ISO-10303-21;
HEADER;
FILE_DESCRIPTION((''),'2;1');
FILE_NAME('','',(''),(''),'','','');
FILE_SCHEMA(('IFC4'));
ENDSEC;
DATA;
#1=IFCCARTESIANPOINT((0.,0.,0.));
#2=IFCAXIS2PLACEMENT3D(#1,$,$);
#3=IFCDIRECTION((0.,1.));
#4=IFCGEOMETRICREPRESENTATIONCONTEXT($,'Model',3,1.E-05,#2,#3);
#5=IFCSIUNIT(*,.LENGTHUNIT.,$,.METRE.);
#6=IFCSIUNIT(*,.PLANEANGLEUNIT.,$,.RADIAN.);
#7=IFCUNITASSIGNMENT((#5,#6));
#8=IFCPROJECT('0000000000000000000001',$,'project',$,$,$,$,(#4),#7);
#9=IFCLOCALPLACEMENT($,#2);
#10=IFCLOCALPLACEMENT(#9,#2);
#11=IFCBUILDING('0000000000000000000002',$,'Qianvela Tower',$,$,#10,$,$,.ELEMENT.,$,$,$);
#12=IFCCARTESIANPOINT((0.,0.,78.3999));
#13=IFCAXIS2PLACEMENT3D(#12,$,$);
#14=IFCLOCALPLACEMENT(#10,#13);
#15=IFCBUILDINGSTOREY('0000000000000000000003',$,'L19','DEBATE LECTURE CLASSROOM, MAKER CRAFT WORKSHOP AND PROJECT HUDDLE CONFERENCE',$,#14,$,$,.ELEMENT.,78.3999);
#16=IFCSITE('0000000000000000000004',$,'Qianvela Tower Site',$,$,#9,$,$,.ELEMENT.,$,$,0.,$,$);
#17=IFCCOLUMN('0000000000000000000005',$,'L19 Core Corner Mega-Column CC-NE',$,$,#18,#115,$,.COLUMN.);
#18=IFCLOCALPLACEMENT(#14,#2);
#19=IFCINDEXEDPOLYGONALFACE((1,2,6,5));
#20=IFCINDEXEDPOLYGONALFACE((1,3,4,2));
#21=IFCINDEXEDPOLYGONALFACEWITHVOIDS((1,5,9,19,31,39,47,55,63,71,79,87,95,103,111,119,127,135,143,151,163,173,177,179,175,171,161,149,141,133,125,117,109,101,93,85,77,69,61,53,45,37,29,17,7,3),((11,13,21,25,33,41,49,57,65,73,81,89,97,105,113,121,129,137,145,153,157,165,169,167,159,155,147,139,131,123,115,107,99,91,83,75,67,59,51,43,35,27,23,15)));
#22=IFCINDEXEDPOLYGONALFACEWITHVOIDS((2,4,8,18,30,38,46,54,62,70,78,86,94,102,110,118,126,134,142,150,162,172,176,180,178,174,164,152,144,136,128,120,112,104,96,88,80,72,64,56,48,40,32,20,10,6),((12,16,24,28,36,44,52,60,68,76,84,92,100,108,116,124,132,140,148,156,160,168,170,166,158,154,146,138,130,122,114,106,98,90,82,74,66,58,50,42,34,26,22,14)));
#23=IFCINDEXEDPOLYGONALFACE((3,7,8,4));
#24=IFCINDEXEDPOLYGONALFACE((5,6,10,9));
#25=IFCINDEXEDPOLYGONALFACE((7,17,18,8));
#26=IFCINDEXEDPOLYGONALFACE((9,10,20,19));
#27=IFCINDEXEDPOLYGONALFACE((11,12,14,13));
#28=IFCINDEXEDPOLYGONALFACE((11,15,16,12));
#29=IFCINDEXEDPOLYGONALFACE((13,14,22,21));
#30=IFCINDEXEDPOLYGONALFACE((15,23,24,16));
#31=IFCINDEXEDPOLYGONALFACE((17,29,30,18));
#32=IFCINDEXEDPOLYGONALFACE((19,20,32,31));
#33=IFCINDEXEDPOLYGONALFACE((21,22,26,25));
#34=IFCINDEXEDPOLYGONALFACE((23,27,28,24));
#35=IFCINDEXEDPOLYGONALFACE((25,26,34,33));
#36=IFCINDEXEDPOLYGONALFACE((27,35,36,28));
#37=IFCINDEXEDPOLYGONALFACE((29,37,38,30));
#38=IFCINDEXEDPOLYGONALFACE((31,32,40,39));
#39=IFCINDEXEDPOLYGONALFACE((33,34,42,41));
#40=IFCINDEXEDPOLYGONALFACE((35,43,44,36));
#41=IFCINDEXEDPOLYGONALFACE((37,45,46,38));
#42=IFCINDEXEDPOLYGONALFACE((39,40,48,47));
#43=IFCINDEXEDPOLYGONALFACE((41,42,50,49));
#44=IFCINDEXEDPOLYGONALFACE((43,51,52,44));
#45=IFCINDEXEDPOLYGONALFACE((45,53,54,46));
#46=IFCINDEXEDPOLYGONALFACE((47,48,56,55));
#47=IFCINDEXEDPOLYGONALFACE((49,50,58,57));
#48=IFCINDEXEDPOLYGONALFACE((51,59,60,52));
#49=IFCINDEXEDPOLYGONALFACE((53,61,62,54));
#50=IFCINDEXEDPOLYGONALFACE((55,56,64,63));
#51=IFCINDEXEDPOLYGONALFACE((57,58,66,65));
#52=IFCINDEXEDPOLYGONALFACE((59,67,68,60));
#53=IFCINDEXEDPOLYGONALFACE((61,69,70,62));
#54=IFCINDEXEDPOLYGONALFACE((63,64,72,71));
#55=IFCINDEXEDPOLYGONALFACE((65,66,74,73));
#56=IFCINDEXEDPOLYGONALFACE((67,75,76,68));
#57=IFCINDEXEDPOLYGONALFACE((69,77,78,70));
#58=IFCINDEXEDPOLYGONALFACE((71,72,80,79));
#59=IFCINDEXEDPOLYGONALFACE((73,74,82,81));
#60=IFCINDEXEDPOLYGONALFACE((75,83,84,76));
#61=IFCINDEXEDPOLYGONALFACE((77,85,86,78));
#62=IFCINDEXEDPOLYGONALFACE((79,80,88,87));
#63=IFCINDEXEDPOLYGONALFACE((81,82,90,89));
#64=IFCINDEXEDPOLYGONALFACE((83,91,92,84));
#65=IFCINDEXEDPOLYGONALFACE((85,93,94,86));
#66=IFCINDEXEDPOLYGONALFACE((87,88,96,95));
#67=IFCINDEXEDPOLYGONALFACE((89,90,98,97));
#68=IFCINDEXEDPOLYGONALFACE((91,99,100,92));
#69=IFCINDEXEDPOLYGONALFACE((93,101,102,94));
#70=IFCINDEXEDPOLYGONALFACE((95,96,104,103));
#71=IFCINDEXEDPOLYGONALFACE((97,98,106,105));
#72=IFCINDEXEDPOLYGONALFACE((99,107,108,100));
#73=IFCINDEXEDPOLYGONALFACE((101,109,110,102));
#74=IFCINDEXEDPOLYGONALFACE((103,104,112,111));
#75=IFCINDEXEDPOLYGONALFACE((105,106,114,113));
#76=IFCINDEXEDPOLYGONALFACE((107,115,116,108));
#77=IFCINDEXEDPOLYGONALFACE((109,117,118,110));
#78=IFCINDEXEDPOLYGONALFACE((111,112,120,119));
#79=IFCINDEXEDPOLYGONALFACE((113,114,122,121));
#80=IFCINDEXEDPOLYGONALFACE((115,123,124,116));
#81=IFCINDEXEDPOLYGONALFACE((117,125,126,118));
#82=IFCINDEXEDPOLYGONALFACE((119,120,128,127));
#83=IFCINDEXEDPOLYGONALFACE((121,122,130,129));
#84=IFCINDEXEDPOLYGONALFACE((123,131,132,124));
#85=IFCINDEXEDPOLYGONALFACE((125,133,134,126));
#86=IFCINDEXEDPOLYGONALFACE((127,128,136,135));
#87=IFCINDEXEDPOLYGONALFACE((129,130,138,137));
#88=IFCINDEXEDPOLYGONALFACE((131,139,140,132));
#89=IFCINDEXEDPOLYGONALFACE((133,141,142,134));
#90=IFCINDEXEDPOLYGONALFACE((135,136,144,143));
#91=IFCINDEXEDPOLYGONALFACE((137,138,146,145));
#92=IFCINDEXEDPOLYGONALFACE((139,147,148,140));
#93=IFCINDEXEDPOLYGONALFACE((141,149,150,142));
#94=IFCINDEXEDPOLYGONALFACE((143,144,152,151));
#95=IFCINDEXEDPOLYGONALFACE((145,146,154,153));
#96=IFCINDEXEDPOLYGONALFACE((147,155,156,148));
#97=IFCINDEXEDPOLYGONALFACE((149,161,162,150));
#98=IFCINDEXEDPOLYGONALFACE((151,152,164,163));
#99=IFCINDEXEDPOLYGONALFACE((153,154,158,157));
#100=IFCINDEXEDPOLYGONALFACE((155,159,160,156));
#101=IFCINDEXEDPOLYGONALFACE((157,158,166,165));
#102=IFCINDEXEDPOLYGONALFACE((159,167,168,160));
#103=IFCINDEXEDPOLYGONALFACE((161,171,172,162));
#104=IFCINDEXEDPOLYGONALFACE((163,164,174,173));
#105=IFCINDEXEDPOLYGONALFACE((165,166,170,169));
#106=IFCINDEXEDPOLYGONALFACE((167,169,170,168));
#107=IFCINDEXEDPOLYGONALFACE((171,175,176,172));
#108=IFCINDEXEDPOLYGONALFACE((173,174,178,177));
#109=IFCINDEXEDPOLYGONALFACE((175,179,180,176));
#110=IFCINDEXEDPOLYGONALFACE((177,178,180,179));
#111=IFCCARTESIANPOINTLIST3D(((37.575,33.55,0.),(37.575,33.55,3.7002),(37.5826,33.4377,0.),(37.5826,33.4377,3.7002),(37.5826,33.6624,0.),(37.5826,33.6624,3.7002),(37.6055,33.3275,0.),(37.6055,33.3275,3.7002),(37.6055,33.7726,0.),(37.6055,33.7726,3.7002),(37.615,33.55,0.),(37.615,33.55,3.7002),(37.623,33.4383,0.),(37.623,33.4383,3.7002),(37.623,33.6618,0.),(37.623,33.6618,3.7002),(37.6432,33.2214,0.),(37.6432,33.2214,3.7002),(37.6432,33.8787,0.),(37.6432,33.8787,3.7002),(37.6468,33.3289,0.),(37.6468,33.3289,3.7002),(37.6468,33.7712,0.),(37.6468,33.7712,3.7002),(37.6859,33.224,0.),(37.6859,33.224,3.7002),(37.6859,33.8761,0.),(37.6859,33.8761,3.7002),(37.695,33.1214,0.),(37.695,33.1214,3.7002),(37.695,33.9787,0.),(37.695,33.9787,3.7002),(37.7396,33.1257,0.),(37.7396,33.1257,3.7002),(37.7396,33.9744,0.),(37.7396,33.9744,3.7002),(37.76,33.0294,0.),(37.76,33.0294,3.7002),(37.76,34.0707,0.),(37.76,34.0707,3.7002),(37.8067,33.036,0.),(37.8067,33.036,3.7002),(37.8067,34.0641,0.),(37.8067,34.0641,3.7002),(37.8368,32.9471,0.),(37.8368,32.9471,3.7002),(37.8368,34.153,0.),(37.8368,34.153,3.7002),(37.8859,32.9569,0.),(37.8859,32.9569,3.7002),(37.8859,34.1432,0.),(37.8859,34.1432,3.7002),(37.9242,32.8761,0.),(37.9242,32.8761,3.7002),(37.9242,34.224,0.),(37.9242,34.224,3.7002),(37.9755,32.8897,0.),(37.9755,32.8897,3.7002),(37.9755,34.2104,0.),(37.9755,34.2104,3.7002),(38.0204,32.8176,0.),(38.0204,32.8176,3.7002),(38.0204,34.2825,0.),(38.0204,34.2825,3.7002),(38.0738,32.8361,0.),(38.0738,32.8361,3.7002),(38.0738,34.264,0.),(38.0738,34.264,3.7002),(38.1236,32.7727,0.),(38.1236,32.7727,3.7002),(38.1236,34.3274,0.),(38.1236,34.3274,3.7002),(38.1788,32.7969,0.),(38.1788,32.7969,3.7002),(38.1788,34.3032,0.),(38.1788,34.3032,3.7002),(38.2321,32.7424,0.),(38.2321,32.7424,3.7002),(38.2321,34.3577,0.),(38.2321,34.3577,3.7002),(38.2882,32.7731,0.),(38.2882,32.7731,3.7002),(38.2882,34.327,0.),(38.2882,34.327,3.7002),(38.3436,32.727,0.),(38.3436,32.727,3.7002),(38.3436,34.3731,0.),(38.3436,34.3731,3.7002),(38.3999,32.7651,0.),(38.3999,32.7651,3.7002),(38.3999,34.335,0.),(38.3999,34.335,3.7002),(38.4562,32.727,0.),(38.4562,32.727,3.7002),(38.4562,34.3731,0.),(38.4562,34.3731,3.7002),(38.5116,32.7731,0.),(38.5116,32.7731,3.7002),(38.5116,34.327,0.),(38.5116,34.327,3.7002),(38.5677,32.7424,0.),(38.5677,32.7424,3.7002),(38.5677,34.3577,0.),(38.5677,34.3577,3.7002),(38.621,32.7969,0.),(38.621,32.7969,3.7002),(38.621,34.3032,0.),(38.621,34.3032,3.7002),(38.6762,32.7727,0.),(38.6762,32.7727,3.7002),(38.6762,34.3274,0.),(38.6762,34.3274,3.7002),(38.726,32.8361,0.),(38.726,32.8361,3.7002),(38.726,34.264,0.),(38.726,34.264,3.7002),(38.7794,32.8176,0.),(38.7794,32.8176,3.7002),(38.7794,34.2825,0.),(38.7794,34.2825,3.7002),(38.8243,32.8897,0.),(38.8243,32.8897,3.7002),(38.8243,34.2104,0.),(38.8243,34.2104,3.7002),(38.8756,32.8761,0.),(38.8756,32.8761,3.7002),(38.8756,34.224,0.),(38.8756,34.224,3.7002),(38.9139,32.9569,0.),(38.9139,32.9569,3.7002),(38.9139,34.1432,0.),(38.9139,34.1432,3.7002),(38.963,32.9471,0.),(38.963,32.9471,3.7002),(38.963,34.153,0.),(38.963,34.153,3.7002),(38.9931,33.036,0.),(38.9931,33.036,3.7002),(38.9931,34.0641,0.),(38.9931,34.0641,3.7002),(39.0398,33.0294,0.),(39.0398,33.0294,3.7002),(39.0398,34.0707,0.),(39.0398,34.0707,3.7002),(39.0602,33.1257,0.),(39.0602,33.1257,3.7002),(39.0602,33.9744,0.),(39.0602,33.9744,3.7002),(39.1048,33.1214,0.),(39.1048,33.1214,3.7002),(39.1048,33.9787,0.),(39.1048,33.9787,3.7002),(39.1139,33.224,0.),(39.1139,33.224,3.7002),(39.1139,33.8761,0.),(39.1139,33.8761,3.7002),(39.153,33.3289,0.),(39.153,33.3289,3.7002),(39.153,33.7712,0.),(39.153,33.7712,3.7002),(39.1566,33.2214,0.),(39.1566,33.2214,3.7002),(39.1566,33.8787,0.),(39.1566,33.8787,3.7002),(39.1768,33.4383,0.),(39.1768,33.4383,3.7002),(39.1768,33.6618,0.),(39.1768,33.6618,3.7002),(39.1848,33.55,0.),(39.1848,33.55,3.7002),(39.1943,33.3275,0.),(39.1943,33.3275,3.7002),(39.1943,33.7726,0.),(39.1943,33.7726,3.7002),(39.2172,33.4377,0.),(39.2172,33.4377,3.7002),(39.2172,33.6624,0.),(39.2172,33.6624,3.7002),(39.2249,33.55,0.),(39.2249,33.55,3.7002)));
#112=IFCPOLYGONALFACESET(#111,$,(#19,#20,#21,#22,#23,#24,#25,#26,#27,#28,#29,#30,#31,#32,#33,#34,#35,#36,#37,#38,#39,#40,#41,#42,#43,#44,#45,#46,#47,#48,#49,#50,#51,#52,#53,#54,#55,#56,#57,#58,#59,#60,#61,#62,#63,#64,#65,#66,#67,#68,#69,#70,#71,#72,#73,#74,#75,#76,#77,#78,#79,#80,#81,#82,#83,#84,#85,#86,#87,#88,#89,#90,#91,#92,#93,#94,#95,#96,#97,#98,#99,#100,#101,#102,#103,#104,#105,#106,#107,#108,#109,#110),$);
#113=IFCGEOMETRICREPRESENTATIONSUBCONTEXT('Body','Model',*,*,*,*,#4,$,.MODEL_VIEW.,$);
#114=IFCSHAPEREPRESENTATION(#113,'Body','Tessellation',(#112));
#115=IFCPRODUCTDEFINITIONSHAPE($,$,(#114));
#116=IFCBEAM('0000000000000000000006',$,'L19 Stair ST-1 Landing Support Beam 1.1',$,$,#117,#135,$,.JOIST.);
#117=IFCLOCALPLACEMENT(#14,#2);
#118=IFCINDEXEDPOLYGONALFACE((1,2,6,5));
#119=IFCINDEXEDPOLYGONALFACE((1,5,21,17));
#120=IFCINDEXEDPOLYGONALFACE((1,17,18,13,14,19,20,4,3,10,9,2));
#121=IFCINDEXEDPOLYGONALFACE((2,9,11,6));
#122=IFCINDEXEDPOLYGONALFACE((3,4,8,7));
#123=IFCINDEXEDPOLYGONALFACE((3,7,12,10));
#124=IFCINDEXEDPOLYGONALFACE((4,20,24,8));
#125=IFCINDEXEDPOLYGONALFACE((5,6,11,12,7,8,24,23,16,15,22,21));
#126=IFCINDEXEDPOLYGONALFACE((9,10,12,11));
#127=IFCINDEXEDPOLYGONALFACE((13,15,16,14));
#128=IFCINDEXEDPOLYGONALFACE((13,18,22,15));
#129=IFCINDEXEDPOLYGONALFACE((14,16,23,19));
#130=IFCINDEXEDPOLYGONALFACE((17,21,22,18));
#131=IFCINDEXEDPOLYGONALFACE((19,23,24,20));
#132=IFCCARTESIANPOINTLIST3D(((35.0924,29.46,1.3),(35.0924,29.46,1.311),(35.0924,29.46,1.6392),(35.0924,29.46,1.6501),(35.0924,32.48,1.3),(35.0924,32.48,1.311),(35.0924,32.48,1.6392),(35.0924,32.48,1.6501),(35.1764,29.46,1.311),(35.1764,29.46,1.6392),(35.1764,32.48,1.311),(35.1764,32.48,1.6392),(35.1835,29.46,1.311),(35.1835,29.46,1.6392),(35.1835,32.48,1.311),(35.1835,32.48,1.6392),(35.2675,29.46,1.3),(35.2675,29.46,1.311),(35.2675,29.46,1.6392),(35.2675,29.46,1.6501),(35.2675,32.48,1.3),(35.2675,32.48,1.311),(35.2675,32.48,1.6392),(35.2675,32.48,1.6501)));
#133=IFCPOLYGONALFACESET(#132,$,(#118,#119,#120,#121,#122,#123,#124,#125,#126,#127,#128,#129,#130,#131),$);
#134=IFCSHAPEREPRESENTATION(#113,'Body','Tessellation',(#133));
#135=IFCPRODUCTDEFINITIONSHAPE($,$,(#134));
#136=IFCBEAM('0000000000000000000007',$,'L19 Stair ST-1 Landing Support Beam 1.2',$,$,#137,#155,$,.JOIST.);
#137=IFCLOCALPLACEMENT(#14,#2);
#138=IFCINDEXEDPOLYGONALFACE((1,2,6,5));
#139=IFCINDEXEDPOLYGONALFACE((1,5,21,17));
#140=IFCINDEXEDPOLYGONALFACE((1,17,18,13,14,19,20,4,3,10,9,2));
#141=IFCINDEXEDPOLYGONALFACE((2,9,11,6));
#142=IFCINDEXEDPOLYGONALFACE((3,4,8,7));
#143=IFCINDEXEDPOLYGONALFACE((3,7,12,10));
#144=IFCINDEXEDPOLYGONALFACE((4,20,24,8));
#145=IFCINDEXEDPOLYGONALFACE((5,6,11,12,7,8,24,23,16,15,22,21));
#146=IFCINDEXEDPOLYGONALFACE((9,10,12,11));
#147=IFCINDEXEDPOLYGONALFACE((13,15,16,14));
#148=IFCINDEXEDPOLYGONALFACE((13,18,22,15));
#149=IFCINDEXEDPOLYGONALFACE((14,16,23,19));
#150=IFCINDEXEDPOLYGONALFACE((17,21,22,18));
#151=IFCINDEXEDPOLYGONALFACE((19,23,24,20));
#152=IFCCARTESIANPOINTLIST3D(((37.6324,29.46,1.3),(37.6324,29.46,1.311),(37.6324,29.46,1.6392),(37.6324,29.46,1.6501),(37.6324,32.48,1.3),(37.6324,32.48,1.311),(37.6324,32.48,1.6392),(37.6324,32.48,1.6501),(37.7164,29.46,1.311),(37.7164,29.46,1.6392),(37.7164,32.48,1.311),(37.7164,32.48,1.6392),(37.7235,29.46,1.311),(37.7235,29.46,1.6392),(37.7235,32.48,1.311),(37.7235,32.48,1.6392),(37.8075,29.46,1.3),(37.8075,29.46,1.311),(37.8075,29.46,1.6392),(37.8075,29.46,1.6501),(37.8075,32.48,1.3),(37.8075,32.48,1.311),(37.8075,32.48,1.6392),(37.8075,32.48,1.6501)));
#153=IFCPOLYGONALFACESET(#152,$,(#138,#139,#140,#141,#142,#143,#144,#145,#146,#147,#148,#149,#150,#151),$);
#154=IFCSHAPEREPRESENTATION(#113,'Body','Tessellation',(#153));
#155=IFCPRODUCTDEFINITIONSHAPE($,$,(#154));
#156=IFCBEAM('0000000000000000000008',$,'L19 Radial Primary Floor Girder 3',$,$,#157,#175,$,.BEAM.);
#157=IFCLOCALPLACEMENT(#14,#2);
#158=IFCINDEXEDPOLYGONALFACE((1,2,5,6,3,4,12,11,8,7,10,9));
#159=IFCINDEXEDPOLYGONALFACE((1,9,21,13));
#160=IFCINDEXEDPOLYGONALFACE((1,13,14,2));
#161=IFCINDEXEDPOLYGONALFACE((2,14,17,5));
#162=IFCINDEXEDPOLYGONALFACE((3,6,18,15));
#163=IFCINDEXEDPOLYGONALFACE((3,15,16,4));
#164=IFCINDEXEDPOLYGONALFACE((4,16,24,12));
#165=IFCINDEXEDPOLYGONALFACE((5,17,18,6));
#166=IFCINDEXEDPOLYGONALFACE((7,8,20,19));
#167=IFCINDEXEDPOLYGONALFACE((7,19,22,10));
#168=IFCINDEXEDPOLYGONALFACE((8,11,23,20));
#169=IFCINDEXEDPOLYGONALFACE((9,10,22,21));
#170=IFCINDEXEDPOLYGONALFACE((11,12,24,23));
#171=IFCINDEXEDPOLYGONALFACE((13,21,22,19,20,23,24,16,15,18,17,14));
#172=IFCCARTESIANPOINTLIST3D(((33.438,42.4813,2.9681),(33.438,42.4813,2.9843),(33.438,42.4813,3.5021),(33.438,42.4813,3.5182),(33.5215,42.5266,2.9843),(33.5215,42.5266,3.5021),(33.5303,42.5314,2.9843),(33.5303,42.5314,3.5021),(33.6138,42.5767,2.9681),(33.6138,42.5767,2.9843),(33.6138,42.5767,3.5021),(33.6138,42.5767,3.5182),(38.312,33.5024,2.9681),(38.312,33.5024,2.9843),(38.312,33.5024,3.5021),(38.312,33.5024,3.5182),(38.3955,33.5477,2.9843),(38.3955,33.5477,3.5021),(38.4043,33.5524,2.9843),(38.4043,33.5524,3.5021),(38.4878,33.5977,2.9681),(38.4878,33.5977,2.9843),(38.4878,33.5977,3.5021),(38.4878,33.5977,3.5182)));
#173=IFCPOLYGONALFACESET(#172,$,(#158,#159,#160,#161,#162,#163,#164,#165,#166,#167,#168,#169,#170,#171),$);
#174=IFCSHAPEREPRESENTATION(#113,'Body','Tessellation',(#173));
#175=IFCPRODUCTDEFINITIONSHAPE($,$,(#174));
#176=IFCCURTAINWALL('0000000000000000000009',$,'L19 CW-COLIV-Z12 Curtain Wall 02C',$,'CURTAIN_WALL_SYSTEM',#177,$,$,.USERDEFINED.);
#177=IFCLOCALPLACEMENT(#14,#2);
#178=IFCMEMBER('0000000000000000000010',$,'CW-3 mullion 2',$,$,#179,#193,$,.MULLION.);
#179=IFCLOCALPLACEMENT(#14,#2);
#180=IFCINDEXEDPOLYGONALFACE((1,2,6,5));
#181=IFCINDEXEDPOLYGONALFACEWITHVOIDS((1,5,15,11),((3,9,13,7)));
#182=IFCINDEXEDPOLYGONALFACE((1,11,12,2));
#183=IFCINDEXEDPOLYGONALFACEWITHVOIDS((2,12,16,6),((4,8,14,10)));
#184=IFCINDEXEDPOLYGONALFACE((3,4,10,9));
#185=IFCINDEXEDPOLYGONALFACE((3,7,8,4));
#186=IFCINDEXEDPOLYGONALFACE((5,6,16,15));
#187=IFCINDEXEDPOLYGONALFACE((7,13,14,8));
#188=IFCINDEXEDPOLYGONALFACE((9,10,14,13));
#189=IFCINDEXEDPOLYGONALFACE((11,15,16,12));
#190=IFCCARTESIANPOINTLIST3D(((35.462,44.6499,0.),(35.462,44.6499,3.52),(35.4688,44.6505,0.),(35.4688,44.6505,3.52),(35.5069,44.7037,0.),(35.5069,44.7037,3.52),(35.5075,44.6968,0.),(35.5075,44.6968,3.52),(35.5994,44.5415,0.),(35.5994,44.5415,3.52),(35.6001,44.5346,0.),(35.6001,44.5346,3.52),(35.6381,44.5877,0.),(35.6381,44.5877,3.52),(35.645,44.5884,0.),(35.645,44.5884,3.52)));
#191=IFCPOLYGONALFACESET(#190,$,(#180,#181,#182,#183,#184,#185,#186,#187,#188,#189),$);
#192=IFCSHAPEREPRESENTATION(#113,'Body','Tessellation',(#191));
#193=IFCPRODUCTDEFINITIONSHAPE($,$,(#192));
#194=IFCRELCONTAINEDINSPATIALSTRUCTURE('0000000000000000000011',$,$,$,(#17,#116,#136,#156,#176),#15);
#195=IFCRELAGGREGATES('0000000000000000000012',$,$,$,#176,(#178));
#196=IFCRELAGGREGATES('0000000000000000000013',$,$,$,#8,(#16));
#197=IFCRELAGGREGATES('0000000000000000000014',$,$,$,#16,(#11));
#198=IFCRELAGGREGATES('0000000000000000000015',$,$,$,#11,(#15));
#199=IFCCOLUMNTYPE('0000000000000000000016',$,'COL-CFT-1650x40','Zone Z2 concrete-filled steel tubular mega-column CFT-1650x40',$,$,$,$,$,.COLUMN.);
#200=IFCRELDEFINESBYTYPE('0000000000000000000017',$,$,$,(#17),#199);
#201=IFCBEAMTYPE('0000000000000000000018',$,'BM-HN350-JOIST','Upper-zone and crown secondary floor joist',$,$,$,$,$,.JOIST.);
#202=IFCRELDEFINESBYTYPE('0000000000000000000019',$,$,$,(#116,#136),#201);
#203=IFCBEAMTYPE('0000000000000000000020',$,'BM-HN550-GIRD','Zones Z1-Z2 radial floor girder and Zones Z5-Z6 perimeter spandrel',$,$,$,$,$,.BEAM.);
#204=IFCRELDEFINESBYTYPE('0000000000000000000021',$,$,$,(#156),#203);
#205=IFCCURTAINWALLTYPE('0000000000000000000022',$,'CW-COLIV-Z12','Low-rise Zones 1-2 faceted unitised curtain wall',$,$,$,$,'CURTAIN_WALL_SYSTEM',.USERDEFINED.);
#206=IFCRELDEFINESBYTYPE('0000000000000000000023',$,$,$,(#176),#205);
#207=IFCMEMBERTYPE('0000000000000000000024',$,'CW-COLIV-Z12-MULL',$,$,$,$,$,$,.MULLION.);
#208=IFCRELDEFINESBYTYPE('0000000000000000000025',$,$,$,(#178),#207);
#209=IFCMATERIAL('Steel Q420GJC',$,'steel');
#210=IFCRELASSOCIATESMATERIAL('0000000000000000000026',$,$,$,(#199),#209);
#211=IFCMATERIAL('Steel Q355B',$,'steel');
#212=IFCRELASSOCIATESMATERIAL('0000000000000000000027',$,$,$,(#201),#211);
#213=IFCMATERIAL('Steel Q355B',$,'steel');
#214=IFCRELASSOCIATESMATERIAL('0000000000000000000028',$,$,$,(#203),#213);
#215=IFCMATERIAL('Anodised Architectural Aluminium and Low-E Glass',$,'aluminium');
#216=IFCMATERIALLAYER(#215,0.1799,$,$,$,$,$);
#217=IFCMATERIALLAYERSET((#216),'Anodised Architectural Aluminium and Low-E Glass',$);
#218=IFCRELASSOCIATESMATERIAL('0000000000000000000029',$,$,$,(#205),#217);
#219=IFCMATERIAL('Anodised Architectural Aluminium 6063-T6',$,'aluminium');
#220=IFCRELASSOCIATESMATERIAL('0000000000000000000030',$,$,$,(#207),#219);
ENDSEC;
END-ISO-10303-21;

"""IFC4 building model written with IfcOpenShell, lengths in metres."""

from ifc_helpers import new_model, si_unit, direction, frame, origin, origin_2d, place, context, subcontext, project, spatial, hollow_rectangle, hollow_circle, i_section, extrude, material, layer, layer_set, material_profile, profile_set, type_object, element, aggregate, save


model = new_model("IFC4")

# Units and contexts
model_context = context("Model", 3, precision=1e-05, world=origin(), true_north=direction((0.0, 1.0)))
body_context = subcontext(model_context, "Body", "Model", "MODEL_VIEW")
ifc_project = project(units=[si_unit("LENGTHUNIT", "METRE"), si_unit("PLANEANGLEUNIT", "RADIAN")], contexts=[model_context])

# Site, building, storey
site_placement = place(None, origin())
site = spatial("IfcSite", under=ifc_project, at=site_placement, Name="Qianvela Tower Site", CompositionType="ELEMENT", RefElevation=0.0)
building_placement = place(site_placement, origin())
building = spatial("IfcBuilding", under=site, at=building_placement, Name="Qianvela Tower", CompositionType="ELEMENT")
storey_placement = place(building_placement, frame((0.0, 0.0, 78.3999)))
storey = spatial("IfcBuildingStorey", under=building, at=storey_placement, Name="L19", Description="DEBATE LECTURE CLASSROOM, MAKER CRAFT WORKSHOP AND PROJECT HUDDLE CONFERENCE", CompositionType="ELEMENT", Elevation=78.3999)

# Column
ifc_material_1 = material(Name="Steel Q420GJC", Category="steel")
ifc_material_profile_1 = material_profile(ifc_material_1, hollow_circle(Radius=0.825, WallThickness=0.04, at=origin_2d()), Name="CFT-1650x40")
ifc_profile_set_1 = profile_set([ifc_material_profile_1], Name="Steel Q420GJC")
column_type = type_object("IfcColumnType", Name="COL-CFT-1650x40", Description="Zone Z2 concrete-filled steel tubular mega-column CFT-1650x40", PredefinedType="COLUMN", material=ifc_profile_set_1)
column_placement = place(storey_placement, frame((38.3999, 33.55, 0.0), z_axis=(0.0, 0.0, 1.0), x_axis=(1.0, 0.0, 0.0)))
element("IfcColumn", 1, at=column_placement, inside=storey, type_object=column_type, Name="L19 Core Corner Mega-Column CC-NE", PredefinedType="COLUMN", context=body_context, shape_type="SweptSolid", body=[
    extrude(hollow_circle(Radius=0.825, WallThickness=0.04, at=origin_2d()), origin(), (0.0, 0.0, 1.0), 3.7002),
])

# Beams
ifc_material_2 = material(Name="Steel Q355B", Category="steel")
ifc_material_profile_2 = material_profile(ifc_material_2, i_section(OverallWidth=0.175, OverallDepth=0.3501, WebThickness=0.0071, FlangeThickness=0.011, at=origin_2d()), Name="HN350x175x7x11")
ifc_profile_set_2 = profile_set([ifc_material_profile_2], Name="Steel Q355B")
beam_type_1 = type_object("IfcBeamType", Name="BM-HN350-JOIST", Description="Upper-zone and crown secondary floor joist", PredefinedType="JOIST", material=ifc_profile_set_2)
for number, where, z_axis, x_axis, name in (
    (2, (35.1799, 29.46, 1.4751), (0.0, 1.0, 0.0), (-1.0, 0.0, 0.0), "L19 Stair ST-1 Landing Support Beam 1.1"),
    (3, (37.72, 29.46, 1.4751), (0.0, 1.0, 0.0), (-1.0, 0.0, 0.0), "L19 Stair ST-1 Landing Support Beam 1.2"),
):
    element("IfcBeam", number, at=place(storey_placement, frame(where, z_axis=z_axis, x_axis=x_axis)), inside=storey, type_object=beam_type_1, Name=name, PredefinedType="JOIST", context=body_context, shape_type="SweptSolid", body=[
        extrude(i_section(OverallWidth=0.175, OverallDepth=0.3501, WebThickness=0.0071, FlangeThickness=0.011, at=origin_2d()), origin(), (0.0, 0.0, 1.0), 3.02),
    ])
ifc_material_3 = material(Name="Steel Q355B", Category="steel")
ifc_material_profile_3 = material_profile(ifc_material_3, i_section(OverallWidth=0.2, OverallDepth=0.55, WebThickness=0.01, FlangeThickness=0.0161, at=origin_2d()), Name="HN550x200x10x16")
ifc_profile_set_3 = profile_set([ifc_material_profile_3], Name="Steel Q355B")
beam_type_2 = type_object("IfcBeamType", Name="BM-HN550-GIRD", Description="Zones Z1-Z2 radial floor girder and Zones Z5-Z6 perimeter spandrel", PredefinedType="BEAM", material=ifc_profile_set_3)
beam_placement = place(storey_placement, frame((38.3999, 33.55, 3.2432), z_axis=(-0.47707, 0.878865, 0.0), x_axis=(-0.878865, -0.47707, 0.0)))
element("IfcBeam", 4, at=beam_placement, inside=storey, type_object=beam_type_2, Name="L19 Radial Primary Floor Girder 3", PredefinedType="BEAM", context=body_context, shape_type="SweptSolid", body=[
    extrude(i_section(OverallWidth=0.2, OverallDepth=0.55, WebThickness=0.01, FlangeThickness=0.0161, at=origin_2d()), origin(), (0.0, 0.0, 1.0), 10.2166),
])

# Curtain wall, member
ifc_material_4 = material(Name="Anodised Architectural Aluminium and Low-E Glass", Category="aluminium")
ifc_layer_1 = layer(ifc_material_4, 0.1799)
ifc_layer_set_1 = layer_set([ifc_layer_1], Name="Anodised Architectural Aluminium and Low-E Glass")
curtain_wall_type = type_object("IfcCurtainWallType", Name="CW-COLIV-Z12", Description="Low-rise Zones 1-2 faceted unitised curtain wall", ElementType="CURTAIN_WALL_SYSTEM", PredefinedType="USERDEFINED", material=ifc_layer_set_1)
curtain_wall_placement = place(storey_placement, origin())
curtain_wall = element("IfcCurtainWall", 5, at=curtain_wall_placement, inside=storey, type_object=curtain_wall_type, Name="L19 CW-COLIV-Z12 Curtain Wall 02C", ObjectType="CURTAIN_WALL_SYSTEM", PredefinedType="USERDEFINED")
ifc_material_5 = material(Name="Anodised Architectural Aluminium 6063-T6", Category="aluminium")
ifc_material_profile_4 = material_profile(ifc_material_5, hollow_rectangle(XDim=0.0701, YDim=0.1799, WallThickness=0.0049, at=origin_2d()), Name="ALU-MULL-70x180")
ifc_profile_set_4 = profile_set([ifc_material_profile_4], Name="Anodised Architectural Aluminium 6063-T6")
member_type = type_object("IfcMemberType", Name="CW-COLIV-Z12-MULL", PredefinedType="MULLION", material=ifc_profile_set_4)
member_placement = place(storey_placement, frame((35.5535, 44.6191, 0.0), z_axis=(0.0, 0.0, 1.0), x_axis=(-0.641088, -0.767467, 0.0)))
member = element("IfcMember", 6, at=member_placement, type_object=member_type, Name="CW-3 mullion 2", PredefinedType="MULLION", context=body_context, shape_type="SweptSolid", body=[
    extrude(hollow_rectangle(XDim=0.0701, YDim=0.1799, WallThickness=0.0049, at=origin_2d()), origin(), (0.0, 0.0, 1.0), 3.52),
])
aggregate(curtain_wall, [member])

save(model, "model.ifc")
